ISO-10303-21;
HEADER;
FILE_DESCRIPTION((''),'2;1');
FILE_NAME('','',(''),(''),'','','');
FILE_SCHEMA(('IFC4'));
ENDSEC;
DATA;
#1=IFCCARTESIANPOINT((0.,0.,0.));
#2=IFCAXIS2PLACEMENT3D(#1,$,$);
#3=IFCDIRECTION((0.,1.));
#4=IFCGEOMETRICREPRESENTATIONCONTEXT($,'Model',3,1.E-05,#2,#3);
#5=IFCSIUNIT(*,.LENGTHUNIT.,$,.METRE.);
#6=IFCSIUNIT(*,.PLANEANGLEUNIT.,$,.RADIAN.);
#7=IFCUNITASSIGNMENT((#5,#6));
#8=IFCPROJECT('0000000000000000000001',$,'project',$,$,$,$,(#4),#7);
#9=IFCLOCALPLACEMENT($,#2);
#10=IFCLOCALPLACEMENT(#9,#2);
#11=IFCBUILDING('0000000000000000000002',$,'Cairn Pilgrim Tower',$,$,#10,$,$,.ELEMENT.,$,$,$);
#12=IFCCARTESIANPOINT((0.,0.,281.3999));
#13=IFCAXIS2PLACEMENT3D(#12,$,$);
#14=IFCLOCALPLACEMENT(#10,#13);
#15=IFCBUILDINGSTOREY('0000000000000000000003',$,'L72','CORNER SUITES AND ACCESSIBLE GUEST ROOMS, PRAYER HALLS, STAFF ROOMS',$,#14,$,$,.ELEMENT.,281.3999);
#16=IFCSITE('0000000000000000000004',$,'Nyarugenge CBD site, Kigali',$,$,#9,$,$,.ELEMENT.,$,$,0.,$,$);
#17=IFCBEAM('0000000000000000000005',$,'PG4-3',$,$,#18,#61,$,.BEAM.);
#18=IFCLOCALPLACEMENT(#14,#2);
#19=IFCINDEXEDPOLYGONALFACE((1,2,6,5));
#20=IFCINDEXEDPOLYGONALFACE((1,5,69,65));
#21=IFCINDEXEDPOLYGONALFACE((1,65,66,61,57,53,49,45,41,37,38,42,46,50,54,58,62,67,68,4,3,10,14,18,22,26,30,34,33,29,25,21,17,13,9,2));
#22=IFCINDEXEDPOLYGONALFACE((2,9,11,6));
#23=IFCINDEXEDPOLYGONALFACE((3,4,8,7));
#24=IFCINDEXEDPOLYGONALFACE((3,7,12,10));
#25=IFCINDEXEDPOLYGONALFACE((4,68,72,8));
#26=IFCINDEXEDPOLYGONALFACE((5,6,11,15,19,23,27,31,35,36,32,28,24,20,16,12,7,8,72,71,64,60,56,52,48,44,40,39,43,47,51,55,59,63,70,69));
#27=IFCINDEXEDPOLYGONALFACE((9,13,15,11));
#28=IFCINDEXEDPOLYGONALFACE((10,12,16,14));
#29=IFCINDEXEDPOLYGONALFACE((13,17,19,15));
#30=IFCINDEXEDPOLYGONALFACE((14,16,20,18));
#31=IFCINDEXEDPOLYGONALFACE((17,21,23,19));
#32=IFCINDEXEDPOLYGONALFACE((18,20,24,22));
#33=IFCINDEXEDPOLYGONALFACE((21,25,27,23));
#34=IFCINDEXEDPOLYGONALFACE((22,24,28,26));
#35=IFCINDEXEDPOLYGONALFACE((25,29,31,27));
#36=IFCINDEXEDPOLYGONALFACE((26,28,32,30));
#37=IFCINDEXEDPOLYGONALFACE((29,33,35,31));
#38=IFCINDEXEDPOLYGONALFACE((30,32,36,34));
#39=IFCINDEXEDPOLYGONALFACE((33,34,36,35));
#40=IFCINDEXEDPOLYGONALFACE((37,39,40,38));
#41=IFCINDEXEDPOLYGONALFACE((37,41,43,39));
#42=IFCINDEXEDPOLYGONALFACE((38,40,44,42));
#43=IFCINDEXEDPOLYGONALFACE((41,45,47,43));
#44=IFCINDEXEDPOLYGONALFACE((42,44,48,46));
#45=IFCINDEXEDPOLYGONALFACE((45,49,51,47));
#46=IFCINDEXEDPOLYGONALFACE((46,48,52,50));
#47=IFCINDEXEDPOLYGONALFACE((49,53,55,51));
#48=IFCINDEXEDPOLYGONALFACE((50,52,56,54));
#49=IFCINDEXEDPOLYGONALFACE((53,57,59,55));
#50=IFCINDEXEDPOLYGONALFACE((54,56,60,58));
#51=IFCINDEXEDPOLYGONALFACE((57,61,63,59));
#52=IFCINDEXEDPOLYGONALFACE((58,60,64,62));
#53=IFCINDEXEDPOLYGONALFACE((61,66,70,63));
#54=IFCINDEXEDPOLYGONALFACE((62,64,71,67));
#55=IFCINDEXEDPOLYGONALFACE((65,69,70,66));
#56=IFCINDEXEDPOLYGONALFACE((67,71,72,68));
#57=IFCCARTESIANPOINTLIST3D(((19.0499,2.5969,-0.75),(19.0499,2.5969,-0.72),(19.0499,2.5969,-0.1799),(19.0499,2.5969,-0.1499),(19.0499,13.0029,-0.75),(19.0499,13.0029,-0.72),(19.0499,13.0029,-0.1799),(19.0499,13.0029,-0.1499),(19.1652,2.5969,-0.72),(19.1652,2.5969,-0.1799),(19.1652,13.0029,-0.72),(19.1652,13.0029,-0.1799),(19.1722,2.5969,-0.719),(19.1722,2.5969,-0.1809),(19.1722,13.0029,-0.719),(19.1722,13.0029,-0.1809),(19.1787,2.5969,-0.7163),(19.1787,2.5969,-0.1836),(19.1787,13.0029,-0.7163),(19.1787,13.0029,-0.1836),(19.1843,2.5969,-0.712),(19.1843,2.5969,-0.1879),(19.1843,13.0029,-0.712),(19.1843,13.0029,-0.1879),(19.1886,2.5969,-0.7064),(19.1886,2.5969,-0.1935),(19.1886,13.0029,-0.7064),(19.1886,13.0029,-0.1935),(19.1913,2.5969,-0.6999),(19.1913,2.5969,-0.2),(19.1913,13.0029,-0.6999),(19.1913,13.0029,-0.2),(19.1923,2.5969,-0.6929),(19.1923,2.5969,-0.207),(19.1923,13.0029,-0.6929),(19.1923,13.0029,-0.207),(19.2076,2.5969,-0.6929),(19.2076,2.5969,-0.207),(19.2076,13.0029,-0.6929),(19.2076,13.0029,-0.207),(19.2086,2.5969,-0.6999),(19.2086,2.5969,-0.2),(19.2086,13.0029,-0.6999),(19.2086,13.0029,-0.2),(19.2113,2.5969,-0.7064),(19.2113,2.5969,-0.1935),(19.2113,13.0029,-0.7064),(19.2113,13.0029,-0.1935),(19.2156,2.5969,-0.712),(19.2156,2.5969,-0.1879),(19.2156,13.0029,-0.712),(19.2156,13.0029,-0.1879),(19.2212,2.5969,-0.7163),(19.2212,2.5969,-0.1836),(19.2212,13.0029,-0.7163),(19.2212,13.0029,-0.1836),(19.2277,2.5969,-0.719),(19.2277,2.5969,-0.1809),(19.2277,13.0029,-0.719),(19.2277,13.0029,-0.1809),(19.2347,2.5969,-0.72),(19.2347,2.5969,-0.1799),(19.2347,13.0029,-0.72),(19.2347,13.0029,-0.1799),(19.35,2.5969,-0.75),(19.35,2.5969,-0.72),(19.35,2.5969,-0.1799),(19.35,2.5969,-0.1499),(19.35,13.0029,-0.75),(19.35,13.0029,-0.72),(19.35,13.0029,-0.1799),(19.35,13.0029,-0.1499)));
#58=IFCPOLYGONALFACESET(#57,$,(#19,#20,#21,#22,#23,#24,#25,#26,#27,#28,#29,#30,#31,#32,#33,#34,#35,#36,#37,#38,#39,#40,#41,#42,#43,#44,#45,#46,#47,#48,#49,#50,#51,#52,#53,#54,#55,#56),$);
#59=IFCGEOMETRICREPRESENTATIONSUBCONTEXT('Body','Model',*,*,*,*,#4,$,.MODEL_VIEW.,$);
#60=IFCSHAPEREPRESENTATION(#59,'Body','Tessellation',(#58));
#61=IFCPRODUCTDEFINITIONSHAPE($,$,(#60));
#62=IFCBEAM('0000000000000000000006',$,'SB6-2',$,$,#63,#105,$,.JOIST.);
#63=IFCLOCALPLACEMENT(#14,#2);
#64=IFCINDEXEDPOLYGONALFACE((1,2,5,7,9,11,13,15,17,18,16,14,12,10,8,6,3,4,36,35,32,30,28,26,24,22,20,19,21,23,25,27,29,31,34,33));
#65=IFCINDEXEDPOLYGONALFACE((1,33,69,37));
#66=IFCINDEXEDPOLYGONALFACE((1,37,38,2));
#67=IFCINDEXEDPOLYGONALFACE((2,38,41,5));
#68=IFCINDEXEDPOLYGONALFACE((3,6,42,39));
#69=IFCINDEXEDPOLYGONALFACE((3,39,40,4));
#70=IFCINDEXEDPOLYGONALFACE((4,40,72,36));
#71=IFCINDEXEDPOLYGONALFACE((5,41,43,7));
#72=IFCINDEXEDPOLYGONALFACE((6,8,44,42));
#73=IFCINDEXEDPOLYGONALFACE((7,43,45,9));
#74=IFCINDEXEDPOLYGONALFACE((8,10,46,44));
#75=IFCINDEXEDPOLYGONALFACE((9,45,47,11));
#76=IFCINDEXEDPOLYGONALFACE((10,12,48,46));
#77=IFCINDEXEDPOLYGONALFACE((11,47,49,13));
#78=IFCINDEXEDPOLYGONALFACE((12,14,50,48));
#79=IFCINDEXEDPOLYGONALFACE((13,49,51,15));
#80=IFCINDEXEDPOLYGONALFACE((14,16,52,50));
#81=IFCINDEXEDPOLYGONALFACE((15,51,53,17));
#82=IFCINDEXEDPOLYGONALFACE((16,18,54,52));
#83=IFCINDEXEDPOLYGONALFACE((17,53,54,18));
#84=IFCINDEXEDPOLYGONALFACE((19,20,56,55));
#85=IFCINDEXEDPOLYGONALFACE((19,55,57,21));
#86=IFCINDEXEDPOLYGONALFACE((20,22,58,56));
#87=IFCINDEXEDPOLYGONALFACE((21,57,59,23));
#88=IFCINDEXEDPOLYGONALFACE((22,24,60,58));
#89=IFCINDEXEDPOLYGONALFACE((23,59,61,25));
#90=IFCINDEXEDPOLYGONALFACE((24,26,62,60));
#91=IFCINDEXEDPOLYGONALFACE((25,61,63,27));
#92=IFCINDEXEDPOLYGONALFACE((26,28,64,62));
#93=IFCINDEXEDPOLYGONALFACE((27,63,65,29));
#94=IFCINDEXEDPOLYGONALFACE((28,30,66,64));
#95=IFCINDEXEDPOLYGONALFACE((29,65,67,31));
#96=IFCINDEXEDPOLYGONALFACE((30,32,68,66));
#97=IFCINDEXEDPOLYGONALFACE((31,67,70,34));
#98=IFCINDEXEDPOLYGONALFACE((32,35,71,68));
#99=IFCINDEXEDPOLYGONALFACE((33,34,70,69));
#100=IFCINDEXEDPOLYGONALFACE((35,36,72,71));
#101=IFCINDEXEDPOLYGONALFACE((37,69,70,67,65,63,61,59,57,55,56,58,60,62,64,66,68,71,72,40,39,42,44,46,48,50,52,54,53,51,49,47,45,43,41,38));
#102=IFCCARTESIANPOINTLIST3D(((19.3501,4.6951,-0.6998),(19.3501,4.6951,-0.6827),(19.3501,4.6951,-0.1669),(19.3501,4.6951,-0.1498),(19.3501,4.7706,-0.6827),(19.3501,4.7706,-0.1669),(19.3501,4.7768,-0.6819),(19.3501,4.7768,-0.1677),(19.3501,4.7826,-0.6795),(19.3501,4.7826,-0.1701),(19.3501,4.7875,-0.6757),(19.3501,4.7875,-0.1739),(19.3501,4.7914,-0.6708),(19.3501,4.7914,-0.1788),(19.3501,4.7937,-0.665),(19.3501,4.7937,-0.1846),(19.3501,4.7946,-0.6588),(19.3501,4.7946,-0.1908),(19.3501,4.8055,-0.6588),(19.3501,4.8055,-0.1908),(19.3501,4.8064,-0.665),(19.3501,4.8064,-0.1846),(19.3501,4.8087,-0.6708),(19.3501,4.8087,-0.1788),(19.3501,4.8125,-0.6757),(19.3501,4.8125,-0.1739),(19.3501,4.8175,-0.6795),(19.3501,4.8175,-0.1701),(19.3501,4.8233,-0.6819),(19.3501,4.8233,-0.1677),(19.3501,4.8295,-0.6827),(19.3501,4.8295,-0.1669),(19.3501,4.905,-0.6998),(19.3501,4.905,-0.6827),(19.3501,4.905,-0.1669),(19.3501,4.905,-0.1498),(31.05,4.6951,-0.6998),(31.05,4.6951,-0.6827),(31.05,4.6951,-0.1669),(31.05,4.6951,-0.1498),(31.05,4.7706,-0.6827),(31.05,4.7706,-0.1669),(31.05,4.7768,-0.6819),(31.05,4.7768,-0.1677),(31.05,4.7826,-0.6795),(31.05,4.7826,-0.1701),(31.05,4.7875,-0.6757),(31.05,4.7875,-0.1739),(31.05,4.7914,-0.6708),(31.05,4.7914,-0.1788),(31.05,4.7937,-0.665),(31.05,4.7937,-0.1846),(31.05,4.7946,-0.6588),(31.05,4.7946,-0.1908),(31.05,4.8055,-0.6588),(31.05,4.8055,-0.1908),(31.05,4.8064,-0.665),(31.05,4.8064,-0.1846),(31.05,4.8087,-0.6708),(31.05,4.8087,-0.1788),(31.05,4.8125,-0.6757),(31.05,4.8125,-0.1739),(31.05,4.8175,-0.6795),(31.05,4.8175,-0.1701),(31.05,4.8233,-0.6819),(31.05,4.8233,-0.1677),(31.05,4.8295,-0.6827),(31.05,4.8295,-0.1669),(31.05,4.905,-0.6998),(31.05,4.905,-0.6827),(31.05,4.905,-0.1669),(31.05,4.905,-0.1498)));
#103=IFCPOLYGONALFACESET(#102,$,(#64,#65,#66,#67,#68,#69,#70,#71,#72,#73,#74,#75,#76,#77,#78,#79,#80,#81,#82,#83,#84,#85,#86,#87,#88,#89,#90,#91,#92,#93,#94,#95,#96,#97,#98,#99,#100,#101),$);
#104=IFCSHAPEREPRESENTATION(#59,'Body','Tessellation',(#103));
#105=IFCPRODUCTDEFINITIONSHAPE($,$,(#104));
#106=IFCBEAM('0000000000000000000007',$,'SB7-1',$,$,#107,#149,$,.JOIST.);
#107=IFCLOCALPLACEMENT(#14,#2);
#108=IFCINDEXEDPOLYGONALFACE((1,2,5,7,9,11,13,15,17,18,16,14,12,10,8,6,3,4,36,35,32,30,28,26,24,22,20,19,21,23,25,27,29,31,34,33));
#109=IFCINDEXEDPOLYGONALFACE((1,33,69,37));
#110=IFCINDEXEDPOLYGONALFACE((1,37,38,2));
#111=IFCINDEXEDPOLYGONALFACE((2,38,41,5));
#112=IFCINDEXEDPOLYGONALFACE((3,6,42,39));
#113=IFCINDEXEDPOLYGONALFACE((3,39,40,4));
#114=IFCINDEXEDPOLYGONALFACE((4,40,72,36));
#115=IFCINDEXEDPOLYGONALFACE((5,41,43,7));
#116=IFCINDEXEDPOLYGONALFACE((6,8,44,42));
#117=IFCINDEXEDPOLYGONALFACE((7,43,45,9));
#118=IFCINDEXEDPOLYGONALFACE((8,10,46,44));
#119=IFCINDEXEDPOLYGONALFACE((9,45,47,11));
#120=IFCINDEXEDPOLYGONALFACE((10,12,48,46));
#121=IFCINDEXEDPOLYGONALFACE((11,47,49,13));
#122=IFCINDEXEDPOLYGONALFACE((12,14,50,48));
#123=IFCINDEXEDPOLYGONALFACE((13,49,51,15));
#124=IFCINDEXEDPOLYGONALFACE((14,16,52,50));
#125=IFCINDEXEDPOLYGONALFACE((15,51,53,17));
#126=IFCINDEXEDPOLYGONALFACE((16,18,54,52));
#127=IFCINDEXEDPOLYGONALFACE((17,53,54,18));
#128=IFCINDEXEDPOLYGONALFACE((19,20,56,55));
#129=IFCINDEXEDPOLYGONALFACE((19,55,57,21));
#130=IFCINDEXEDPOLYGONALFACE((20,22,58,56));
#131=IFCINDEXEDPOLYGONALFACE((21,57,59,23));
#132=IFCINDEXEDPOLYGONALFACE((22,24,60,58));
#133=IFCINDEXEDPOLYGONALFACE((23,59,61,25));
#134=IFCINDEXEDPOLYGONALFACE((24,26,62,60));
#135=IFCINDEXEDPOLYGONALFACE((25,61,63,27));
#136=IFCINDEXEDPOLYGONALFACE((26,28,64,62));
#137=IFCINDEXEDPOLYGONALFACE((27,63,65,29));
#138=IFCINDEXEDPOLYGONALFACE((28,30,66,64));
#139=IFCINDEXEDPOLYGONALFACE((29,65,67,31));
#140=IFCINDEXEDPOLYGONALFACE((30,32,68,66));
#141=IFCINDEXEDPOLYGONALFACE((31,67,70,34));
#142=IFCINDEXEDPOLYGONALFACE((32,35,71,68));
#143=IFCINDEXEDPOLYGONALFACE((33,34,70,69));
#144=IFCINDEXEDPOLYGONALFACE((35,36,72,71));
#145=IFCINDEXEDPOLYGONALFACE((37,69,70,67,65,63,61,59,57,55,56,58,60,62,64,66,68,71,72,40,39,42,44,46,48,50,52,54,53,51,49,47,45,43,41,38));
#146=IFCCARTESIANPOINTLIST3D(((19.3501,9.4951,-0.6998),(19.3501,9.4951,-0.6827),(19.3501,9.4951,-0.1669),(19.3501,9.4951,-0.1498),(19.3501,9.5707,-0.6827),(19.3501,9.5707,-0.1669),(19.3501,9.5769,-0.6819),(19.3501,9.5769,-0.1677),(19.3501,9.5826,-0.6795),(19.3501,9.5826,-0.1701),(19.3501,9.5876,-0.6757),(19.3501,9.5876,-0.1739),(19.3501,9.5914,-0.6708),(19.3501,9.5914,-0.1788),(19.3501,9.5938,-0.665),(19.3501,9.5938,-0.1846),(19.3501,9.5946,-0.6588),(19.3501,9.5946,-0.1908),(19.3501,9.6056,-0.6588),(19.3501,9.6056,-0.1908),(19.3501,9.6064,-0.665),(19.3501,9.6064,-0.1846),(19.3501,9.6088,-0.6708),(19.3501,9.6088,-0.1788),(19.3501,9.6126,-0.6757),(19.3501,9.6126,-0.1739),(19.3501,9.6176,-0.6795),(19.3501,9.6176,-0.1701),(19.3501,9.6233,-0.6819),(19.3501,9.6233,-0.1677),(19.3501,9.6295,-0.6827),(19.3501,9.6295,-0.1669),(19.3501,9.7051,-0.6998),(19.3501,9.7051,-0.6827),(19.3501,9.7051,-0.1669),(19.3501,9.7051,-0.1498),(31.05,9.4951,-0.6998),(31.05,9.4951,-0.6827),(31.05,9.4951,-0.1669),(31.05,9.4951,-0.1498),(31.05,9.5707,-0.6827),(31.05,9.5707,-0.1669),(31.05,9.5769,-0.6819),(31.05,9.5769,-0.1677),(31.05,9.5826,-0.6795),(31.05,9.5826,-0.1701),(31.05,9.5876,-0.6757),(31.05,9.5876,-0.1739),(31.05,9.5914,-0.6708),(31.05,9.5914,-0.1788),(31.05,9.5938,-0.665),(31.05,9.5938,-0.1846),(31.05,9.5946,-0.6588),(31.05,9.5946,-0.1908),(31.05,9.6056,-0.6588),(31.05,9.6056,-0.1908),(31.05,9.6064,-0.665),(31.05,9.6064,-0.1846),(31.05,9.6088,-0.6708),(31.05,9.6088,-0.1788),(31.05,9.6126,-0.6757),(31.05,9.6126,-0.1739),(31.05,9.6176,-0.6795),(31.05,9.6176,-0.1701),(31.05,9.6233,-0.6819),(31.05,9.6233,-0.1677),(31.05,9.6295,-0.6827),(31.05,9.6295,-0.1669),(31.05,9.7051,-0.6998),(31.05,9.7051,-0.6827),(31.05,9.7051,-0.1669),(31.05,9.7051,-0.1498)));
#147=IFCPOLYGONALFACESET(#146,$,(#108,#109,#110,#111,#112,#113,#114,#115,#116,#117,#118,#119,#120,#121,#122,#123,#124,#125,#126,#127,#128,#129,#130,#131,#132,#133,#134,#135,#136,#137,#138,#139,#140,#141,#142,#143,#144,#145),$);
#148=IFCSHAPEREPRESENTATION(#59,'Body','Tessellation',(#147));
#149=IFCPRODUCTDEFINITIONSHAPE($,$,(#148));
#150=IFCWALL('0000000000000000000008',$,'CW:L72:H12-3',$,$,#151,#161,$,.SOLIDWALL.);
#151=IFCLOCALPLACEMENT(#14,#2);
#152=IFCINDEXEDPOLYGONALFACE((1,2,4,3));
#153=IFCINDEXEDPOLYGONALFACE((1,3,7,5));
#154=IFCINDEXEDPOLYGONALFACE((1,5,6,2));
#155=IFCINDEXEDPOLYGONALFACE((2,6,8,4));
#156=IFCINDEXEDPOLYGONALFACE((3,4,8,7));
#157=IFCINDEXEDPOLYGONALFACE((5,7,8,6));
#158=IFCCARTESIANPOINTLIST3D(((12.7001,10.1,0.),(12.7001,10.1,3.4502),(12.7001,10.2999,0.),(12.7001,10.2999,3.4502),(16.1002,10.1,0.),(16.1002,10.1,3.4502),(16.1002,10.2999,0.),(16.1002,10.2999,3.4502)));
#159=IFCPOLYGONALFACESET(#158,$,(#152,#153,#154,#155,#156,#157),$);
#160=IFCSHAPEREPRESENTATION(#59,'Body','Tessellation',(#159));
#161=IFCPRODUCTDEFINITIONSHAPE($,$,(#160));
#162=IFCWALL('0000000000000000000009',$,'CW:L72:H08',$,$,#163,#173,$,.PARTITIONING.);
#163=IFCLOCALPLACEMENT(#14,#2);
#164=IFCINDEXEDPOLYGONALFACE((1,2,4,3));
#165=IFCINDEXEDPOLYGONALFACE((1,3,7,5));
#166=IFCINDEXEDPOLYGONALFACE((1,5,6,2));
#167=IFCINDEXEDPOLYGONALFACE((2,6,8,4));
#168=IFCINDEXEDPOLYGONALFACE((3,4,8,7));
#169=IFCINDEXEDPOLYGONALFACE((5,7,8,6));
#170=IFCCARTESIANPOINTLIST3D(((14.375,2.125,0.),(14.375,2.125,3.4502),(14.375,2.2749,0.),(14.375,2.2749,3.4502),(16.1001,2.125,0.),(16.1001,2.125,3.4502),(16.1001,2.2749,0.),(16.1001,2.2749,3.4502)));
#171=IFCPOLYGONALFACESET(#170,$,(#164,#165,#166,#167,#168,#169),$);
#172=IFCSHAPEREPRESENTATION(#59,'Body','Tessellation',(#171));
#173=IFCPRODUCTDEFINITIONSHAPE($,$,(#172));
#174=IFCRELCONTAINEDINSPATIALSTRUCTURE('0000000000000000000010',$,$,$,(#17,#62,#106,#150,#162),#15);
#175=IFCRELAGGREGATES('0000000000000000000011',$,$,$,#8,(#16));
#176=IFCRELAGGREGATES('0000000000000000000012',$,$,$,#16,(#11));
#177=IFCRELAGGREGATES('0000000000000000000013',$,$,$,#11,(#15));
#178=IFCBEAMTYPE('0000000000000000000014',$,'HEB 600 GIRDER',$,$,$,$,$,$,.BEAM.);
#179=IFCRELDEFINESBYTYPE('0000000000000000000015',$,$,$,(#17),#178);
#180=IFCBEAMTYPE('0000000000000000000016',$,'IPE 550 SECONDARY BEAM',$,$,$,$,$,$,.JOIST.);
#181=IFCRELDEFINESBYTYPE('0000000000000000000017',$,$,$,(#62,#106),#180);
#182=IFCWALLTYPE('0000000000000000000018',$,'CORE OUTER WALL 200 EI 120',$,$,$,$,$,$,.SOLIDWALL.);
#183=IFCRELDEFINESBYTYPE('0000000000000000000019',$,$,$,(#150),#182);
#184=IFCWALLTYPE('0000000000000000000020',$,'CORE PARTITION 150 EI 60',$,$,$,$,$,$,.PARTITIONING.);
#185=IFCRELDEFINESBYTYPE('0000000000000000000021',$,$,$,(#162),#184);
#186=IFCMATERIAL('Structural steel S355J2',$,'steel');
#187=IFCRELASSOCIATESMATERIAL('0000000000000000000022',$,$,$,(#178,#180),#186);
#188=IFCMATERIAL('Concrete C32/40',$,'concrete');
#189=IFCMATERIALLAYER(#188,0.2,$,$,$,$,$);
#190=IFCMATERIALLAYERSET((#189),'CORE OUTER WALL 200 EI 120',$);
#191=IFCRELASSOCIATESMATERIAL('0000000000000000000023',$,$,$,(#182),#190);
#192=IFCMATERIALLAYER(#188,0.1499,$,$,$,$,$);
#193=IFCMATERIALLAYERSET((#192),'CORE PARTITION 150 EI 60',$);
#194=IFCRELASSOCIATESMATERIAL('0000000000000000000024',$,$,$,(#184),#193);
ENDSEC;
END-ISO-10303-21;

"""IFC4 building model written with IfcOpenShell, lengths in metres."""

from ifc_helpers import new_model, si_unit, direction, frame, frame_2d, origin, origin_2d, place, context, subcontext, project, spatial, rectangle, i_section, extrude, material, layer, layer_set, material_profile, profile_set, type_object, element, save


model = new_model("IFC4")

# Units and contexts
model_context = context("Model", 3, precision=1e-05, world=origin(), true_north=direction((0.0, 1.0)))
body_context = subcontext(model_context, "Body", "Model", "MODEL_VIEW")
ifc_project = project(units=[si_unit("LENGTHUNIT", "METRE"), si_unit("PLANEANGLEUNIT", "RADIAN")], contexts=[model_context])

# Site, building, storey
site_placement = place(None, origin())
site = spatial("IfcSite", under=ifc_project, at=site_placement, Name="Nyarugenge CBD site, Kigali", CompositionType="ELEMENT", RefElevation=0.0)
building_placement = place(site_placement, origin())
building = spatial("IfcBuilding", under=site, at=building_placement, Name="Cairn Pilgrim Tower", CompositionType="ELEMENT")
storey_placement = place(building_placement, frame((0.0, 0.0, 281.3999)))
storey = spatial("IfcBuildingStorey", under=building, at=storey_placement, Name="L72", Description="CORNER SUITES AND ACCESSIBLE GUEST ROOMS, PRAYER HALLS, STAFF ROOMS", CompositionType="ELEMENT", Elevation=281.3999)

# Shared definitions
ifc_material_1 = material(Name="Structural steel S355J2", Category="steel")

# Beams
ifc_material_profile_1 = material_profile(ifc_material_1, i_section(OverallWidth=0.3, OverallDepth=0.6001, WebThickness=0.0154, FlangeThickness=0.03, FilletRadius=0.0271, at=origin_2d()), Name="HEB 600")
ifc_profile_set_1 = profile_set([ifc_material_profile_1], Name="Structural steel S355J2")
beam_type_1 = type_object("IfcBeamType", Name="HEB 600 GIRDER", PredefinedType="BEAM", material=ifc_profile_set_1)
beam_1_placement = place(storey_placement, frame((19.2, 2.5969, -0.45), z_axis=(0.0, 1.0, 0.0), x_axis=(-1.0, 0.0, 0.0)))
element("IfcBeam", 1, at=beam_1_placement, inside=storey, type_object=beam_type_1, Name="PG4-3", PredefinedType="BEAM", context=body_context, shape_type="SweptSolid", body=[
    extrude(i_section(OverallWidth=0.3, OverallDepth=0.6001, WebThickness=0.0154, FlangeThickness=0.03, FilletRadius=0.0271, at=origin_2d()), origin(), (0.0, 0.0, 1.0), 10.406),
])
ifc_material_profile_2 = material_profile(ifc_material_1, i_section(OverallWidth=0.21, OverallDepth=0.55, WebThickness=0.011, FlangeThickness=0.0171, FilletRadius=0.0239, at=origin_2d()), Name="IPE 550")
ifc_profile_set_2 = profile_set([ifc_material_profile_2], Name="Structural steel S355J2")
beam_type_2 = type_object("IfcBeamType", Name="IPE 550 SECONDARY BEAM", PredefinedType="JOIST", material=ifc_profile_set_2)
for number, where, z_axis, x_axis, name in (
    (2, (19.3501, 4.8, -0.4248), (1.0, 0.0, 0.0), (0.0, 1.0, 0.0), "SB6-2"),
    (3, (19.3501, 9.6001, -0.4248), (1.0, 0.0, 0.0), (0.0, 1.0, 0.0), "SB7-1"),
):
    element("IfcBeam", number, at=place(storey_placement, frame(where, z_axis=z_axis, x_axis=x_axis)), inside=storey, type_object=beam_type_2, Name=name, PredefinedType="JOIST", context=body_context, shape_type="SweptSolid", body=[
        extrude(i_section(OverallWidth=0.21, OverallDepth=0.55, WebThickness=0.011, FlangeThickness=0.0171, FilletRadius=0.0239, at=origin_2d()), origin(), (0.0, 0.0, 1.0), 11.7),
    ])

# Walls
ifc_material_2 = material(Name="Concrete C32/40", Category="concrete")
ifc_layer_1 = layer(ifc_material_2, 0.2)
ifc_layer_set_1 = layer_set([ifc_layer_1], Name="CORE OUTER WALL 200 EI 120")
wall_type_1 = type_object("IfcWallType", Name="CORE OUTER WALL 200 EI 120", PredefinedType="SOLIDWALL", material=ifc_layer_set_1)
wall_1_placement = place(storey_placement, frame((12.7, 10.2, 0.0), z_axis=(0.0, 0.0, 1.0), x_axis=(1.0, 0.0, 0.0)))
element("IfcWall", 4, at=wall_1_placement, inside=storey, type_object=wall_type_1, Name="CW:L72:H12-3", PredefinedType="SOLIDWALL", context=body_context, shape_type="SweptSolid", body=[
    extrude(rectangle(XDim=3.4001, YDim=0.2, at=frame_2d((1.7002, 0.0))), origin(), (0.0, 0.0, 1.0), 3.4502),
])
ifc_layer_2 = layer(ifc_material_2, 0.1499)
ifc_layer_set_2 = layer_set([ifc_layer_2], Name="CORE PARTITION 150 EI 60")
wall_type_2 = type_object("IfcWallType", Name="CORE PARTITION 150 EI 60", PredefinedType="PARTITIONING", material=ifc_layer_set_2)
wall_2_placement = place(storey_placement, frame((14.375, 2.2, 0.0), z_axis=(0.0, 0.0, 1.0), x_axis=(1.0, 0.0, 0.0)))
element("IfcWall", 5, at=wall_2_placement, inside=storey, type_object=wall_type_2, Name="CW:L72:H08", PredefinedType="PARTITIONING", context=body_context, shape_type="SweptSolid", body=[
    extrude(rectangle(XDim=1.7251, YDim=0.1499, at=frame_2d((0.8625, 0.0))), origin(), (0.0, 0.0, 1.0), 3.4502),
])

save(model, "model.ifc")
